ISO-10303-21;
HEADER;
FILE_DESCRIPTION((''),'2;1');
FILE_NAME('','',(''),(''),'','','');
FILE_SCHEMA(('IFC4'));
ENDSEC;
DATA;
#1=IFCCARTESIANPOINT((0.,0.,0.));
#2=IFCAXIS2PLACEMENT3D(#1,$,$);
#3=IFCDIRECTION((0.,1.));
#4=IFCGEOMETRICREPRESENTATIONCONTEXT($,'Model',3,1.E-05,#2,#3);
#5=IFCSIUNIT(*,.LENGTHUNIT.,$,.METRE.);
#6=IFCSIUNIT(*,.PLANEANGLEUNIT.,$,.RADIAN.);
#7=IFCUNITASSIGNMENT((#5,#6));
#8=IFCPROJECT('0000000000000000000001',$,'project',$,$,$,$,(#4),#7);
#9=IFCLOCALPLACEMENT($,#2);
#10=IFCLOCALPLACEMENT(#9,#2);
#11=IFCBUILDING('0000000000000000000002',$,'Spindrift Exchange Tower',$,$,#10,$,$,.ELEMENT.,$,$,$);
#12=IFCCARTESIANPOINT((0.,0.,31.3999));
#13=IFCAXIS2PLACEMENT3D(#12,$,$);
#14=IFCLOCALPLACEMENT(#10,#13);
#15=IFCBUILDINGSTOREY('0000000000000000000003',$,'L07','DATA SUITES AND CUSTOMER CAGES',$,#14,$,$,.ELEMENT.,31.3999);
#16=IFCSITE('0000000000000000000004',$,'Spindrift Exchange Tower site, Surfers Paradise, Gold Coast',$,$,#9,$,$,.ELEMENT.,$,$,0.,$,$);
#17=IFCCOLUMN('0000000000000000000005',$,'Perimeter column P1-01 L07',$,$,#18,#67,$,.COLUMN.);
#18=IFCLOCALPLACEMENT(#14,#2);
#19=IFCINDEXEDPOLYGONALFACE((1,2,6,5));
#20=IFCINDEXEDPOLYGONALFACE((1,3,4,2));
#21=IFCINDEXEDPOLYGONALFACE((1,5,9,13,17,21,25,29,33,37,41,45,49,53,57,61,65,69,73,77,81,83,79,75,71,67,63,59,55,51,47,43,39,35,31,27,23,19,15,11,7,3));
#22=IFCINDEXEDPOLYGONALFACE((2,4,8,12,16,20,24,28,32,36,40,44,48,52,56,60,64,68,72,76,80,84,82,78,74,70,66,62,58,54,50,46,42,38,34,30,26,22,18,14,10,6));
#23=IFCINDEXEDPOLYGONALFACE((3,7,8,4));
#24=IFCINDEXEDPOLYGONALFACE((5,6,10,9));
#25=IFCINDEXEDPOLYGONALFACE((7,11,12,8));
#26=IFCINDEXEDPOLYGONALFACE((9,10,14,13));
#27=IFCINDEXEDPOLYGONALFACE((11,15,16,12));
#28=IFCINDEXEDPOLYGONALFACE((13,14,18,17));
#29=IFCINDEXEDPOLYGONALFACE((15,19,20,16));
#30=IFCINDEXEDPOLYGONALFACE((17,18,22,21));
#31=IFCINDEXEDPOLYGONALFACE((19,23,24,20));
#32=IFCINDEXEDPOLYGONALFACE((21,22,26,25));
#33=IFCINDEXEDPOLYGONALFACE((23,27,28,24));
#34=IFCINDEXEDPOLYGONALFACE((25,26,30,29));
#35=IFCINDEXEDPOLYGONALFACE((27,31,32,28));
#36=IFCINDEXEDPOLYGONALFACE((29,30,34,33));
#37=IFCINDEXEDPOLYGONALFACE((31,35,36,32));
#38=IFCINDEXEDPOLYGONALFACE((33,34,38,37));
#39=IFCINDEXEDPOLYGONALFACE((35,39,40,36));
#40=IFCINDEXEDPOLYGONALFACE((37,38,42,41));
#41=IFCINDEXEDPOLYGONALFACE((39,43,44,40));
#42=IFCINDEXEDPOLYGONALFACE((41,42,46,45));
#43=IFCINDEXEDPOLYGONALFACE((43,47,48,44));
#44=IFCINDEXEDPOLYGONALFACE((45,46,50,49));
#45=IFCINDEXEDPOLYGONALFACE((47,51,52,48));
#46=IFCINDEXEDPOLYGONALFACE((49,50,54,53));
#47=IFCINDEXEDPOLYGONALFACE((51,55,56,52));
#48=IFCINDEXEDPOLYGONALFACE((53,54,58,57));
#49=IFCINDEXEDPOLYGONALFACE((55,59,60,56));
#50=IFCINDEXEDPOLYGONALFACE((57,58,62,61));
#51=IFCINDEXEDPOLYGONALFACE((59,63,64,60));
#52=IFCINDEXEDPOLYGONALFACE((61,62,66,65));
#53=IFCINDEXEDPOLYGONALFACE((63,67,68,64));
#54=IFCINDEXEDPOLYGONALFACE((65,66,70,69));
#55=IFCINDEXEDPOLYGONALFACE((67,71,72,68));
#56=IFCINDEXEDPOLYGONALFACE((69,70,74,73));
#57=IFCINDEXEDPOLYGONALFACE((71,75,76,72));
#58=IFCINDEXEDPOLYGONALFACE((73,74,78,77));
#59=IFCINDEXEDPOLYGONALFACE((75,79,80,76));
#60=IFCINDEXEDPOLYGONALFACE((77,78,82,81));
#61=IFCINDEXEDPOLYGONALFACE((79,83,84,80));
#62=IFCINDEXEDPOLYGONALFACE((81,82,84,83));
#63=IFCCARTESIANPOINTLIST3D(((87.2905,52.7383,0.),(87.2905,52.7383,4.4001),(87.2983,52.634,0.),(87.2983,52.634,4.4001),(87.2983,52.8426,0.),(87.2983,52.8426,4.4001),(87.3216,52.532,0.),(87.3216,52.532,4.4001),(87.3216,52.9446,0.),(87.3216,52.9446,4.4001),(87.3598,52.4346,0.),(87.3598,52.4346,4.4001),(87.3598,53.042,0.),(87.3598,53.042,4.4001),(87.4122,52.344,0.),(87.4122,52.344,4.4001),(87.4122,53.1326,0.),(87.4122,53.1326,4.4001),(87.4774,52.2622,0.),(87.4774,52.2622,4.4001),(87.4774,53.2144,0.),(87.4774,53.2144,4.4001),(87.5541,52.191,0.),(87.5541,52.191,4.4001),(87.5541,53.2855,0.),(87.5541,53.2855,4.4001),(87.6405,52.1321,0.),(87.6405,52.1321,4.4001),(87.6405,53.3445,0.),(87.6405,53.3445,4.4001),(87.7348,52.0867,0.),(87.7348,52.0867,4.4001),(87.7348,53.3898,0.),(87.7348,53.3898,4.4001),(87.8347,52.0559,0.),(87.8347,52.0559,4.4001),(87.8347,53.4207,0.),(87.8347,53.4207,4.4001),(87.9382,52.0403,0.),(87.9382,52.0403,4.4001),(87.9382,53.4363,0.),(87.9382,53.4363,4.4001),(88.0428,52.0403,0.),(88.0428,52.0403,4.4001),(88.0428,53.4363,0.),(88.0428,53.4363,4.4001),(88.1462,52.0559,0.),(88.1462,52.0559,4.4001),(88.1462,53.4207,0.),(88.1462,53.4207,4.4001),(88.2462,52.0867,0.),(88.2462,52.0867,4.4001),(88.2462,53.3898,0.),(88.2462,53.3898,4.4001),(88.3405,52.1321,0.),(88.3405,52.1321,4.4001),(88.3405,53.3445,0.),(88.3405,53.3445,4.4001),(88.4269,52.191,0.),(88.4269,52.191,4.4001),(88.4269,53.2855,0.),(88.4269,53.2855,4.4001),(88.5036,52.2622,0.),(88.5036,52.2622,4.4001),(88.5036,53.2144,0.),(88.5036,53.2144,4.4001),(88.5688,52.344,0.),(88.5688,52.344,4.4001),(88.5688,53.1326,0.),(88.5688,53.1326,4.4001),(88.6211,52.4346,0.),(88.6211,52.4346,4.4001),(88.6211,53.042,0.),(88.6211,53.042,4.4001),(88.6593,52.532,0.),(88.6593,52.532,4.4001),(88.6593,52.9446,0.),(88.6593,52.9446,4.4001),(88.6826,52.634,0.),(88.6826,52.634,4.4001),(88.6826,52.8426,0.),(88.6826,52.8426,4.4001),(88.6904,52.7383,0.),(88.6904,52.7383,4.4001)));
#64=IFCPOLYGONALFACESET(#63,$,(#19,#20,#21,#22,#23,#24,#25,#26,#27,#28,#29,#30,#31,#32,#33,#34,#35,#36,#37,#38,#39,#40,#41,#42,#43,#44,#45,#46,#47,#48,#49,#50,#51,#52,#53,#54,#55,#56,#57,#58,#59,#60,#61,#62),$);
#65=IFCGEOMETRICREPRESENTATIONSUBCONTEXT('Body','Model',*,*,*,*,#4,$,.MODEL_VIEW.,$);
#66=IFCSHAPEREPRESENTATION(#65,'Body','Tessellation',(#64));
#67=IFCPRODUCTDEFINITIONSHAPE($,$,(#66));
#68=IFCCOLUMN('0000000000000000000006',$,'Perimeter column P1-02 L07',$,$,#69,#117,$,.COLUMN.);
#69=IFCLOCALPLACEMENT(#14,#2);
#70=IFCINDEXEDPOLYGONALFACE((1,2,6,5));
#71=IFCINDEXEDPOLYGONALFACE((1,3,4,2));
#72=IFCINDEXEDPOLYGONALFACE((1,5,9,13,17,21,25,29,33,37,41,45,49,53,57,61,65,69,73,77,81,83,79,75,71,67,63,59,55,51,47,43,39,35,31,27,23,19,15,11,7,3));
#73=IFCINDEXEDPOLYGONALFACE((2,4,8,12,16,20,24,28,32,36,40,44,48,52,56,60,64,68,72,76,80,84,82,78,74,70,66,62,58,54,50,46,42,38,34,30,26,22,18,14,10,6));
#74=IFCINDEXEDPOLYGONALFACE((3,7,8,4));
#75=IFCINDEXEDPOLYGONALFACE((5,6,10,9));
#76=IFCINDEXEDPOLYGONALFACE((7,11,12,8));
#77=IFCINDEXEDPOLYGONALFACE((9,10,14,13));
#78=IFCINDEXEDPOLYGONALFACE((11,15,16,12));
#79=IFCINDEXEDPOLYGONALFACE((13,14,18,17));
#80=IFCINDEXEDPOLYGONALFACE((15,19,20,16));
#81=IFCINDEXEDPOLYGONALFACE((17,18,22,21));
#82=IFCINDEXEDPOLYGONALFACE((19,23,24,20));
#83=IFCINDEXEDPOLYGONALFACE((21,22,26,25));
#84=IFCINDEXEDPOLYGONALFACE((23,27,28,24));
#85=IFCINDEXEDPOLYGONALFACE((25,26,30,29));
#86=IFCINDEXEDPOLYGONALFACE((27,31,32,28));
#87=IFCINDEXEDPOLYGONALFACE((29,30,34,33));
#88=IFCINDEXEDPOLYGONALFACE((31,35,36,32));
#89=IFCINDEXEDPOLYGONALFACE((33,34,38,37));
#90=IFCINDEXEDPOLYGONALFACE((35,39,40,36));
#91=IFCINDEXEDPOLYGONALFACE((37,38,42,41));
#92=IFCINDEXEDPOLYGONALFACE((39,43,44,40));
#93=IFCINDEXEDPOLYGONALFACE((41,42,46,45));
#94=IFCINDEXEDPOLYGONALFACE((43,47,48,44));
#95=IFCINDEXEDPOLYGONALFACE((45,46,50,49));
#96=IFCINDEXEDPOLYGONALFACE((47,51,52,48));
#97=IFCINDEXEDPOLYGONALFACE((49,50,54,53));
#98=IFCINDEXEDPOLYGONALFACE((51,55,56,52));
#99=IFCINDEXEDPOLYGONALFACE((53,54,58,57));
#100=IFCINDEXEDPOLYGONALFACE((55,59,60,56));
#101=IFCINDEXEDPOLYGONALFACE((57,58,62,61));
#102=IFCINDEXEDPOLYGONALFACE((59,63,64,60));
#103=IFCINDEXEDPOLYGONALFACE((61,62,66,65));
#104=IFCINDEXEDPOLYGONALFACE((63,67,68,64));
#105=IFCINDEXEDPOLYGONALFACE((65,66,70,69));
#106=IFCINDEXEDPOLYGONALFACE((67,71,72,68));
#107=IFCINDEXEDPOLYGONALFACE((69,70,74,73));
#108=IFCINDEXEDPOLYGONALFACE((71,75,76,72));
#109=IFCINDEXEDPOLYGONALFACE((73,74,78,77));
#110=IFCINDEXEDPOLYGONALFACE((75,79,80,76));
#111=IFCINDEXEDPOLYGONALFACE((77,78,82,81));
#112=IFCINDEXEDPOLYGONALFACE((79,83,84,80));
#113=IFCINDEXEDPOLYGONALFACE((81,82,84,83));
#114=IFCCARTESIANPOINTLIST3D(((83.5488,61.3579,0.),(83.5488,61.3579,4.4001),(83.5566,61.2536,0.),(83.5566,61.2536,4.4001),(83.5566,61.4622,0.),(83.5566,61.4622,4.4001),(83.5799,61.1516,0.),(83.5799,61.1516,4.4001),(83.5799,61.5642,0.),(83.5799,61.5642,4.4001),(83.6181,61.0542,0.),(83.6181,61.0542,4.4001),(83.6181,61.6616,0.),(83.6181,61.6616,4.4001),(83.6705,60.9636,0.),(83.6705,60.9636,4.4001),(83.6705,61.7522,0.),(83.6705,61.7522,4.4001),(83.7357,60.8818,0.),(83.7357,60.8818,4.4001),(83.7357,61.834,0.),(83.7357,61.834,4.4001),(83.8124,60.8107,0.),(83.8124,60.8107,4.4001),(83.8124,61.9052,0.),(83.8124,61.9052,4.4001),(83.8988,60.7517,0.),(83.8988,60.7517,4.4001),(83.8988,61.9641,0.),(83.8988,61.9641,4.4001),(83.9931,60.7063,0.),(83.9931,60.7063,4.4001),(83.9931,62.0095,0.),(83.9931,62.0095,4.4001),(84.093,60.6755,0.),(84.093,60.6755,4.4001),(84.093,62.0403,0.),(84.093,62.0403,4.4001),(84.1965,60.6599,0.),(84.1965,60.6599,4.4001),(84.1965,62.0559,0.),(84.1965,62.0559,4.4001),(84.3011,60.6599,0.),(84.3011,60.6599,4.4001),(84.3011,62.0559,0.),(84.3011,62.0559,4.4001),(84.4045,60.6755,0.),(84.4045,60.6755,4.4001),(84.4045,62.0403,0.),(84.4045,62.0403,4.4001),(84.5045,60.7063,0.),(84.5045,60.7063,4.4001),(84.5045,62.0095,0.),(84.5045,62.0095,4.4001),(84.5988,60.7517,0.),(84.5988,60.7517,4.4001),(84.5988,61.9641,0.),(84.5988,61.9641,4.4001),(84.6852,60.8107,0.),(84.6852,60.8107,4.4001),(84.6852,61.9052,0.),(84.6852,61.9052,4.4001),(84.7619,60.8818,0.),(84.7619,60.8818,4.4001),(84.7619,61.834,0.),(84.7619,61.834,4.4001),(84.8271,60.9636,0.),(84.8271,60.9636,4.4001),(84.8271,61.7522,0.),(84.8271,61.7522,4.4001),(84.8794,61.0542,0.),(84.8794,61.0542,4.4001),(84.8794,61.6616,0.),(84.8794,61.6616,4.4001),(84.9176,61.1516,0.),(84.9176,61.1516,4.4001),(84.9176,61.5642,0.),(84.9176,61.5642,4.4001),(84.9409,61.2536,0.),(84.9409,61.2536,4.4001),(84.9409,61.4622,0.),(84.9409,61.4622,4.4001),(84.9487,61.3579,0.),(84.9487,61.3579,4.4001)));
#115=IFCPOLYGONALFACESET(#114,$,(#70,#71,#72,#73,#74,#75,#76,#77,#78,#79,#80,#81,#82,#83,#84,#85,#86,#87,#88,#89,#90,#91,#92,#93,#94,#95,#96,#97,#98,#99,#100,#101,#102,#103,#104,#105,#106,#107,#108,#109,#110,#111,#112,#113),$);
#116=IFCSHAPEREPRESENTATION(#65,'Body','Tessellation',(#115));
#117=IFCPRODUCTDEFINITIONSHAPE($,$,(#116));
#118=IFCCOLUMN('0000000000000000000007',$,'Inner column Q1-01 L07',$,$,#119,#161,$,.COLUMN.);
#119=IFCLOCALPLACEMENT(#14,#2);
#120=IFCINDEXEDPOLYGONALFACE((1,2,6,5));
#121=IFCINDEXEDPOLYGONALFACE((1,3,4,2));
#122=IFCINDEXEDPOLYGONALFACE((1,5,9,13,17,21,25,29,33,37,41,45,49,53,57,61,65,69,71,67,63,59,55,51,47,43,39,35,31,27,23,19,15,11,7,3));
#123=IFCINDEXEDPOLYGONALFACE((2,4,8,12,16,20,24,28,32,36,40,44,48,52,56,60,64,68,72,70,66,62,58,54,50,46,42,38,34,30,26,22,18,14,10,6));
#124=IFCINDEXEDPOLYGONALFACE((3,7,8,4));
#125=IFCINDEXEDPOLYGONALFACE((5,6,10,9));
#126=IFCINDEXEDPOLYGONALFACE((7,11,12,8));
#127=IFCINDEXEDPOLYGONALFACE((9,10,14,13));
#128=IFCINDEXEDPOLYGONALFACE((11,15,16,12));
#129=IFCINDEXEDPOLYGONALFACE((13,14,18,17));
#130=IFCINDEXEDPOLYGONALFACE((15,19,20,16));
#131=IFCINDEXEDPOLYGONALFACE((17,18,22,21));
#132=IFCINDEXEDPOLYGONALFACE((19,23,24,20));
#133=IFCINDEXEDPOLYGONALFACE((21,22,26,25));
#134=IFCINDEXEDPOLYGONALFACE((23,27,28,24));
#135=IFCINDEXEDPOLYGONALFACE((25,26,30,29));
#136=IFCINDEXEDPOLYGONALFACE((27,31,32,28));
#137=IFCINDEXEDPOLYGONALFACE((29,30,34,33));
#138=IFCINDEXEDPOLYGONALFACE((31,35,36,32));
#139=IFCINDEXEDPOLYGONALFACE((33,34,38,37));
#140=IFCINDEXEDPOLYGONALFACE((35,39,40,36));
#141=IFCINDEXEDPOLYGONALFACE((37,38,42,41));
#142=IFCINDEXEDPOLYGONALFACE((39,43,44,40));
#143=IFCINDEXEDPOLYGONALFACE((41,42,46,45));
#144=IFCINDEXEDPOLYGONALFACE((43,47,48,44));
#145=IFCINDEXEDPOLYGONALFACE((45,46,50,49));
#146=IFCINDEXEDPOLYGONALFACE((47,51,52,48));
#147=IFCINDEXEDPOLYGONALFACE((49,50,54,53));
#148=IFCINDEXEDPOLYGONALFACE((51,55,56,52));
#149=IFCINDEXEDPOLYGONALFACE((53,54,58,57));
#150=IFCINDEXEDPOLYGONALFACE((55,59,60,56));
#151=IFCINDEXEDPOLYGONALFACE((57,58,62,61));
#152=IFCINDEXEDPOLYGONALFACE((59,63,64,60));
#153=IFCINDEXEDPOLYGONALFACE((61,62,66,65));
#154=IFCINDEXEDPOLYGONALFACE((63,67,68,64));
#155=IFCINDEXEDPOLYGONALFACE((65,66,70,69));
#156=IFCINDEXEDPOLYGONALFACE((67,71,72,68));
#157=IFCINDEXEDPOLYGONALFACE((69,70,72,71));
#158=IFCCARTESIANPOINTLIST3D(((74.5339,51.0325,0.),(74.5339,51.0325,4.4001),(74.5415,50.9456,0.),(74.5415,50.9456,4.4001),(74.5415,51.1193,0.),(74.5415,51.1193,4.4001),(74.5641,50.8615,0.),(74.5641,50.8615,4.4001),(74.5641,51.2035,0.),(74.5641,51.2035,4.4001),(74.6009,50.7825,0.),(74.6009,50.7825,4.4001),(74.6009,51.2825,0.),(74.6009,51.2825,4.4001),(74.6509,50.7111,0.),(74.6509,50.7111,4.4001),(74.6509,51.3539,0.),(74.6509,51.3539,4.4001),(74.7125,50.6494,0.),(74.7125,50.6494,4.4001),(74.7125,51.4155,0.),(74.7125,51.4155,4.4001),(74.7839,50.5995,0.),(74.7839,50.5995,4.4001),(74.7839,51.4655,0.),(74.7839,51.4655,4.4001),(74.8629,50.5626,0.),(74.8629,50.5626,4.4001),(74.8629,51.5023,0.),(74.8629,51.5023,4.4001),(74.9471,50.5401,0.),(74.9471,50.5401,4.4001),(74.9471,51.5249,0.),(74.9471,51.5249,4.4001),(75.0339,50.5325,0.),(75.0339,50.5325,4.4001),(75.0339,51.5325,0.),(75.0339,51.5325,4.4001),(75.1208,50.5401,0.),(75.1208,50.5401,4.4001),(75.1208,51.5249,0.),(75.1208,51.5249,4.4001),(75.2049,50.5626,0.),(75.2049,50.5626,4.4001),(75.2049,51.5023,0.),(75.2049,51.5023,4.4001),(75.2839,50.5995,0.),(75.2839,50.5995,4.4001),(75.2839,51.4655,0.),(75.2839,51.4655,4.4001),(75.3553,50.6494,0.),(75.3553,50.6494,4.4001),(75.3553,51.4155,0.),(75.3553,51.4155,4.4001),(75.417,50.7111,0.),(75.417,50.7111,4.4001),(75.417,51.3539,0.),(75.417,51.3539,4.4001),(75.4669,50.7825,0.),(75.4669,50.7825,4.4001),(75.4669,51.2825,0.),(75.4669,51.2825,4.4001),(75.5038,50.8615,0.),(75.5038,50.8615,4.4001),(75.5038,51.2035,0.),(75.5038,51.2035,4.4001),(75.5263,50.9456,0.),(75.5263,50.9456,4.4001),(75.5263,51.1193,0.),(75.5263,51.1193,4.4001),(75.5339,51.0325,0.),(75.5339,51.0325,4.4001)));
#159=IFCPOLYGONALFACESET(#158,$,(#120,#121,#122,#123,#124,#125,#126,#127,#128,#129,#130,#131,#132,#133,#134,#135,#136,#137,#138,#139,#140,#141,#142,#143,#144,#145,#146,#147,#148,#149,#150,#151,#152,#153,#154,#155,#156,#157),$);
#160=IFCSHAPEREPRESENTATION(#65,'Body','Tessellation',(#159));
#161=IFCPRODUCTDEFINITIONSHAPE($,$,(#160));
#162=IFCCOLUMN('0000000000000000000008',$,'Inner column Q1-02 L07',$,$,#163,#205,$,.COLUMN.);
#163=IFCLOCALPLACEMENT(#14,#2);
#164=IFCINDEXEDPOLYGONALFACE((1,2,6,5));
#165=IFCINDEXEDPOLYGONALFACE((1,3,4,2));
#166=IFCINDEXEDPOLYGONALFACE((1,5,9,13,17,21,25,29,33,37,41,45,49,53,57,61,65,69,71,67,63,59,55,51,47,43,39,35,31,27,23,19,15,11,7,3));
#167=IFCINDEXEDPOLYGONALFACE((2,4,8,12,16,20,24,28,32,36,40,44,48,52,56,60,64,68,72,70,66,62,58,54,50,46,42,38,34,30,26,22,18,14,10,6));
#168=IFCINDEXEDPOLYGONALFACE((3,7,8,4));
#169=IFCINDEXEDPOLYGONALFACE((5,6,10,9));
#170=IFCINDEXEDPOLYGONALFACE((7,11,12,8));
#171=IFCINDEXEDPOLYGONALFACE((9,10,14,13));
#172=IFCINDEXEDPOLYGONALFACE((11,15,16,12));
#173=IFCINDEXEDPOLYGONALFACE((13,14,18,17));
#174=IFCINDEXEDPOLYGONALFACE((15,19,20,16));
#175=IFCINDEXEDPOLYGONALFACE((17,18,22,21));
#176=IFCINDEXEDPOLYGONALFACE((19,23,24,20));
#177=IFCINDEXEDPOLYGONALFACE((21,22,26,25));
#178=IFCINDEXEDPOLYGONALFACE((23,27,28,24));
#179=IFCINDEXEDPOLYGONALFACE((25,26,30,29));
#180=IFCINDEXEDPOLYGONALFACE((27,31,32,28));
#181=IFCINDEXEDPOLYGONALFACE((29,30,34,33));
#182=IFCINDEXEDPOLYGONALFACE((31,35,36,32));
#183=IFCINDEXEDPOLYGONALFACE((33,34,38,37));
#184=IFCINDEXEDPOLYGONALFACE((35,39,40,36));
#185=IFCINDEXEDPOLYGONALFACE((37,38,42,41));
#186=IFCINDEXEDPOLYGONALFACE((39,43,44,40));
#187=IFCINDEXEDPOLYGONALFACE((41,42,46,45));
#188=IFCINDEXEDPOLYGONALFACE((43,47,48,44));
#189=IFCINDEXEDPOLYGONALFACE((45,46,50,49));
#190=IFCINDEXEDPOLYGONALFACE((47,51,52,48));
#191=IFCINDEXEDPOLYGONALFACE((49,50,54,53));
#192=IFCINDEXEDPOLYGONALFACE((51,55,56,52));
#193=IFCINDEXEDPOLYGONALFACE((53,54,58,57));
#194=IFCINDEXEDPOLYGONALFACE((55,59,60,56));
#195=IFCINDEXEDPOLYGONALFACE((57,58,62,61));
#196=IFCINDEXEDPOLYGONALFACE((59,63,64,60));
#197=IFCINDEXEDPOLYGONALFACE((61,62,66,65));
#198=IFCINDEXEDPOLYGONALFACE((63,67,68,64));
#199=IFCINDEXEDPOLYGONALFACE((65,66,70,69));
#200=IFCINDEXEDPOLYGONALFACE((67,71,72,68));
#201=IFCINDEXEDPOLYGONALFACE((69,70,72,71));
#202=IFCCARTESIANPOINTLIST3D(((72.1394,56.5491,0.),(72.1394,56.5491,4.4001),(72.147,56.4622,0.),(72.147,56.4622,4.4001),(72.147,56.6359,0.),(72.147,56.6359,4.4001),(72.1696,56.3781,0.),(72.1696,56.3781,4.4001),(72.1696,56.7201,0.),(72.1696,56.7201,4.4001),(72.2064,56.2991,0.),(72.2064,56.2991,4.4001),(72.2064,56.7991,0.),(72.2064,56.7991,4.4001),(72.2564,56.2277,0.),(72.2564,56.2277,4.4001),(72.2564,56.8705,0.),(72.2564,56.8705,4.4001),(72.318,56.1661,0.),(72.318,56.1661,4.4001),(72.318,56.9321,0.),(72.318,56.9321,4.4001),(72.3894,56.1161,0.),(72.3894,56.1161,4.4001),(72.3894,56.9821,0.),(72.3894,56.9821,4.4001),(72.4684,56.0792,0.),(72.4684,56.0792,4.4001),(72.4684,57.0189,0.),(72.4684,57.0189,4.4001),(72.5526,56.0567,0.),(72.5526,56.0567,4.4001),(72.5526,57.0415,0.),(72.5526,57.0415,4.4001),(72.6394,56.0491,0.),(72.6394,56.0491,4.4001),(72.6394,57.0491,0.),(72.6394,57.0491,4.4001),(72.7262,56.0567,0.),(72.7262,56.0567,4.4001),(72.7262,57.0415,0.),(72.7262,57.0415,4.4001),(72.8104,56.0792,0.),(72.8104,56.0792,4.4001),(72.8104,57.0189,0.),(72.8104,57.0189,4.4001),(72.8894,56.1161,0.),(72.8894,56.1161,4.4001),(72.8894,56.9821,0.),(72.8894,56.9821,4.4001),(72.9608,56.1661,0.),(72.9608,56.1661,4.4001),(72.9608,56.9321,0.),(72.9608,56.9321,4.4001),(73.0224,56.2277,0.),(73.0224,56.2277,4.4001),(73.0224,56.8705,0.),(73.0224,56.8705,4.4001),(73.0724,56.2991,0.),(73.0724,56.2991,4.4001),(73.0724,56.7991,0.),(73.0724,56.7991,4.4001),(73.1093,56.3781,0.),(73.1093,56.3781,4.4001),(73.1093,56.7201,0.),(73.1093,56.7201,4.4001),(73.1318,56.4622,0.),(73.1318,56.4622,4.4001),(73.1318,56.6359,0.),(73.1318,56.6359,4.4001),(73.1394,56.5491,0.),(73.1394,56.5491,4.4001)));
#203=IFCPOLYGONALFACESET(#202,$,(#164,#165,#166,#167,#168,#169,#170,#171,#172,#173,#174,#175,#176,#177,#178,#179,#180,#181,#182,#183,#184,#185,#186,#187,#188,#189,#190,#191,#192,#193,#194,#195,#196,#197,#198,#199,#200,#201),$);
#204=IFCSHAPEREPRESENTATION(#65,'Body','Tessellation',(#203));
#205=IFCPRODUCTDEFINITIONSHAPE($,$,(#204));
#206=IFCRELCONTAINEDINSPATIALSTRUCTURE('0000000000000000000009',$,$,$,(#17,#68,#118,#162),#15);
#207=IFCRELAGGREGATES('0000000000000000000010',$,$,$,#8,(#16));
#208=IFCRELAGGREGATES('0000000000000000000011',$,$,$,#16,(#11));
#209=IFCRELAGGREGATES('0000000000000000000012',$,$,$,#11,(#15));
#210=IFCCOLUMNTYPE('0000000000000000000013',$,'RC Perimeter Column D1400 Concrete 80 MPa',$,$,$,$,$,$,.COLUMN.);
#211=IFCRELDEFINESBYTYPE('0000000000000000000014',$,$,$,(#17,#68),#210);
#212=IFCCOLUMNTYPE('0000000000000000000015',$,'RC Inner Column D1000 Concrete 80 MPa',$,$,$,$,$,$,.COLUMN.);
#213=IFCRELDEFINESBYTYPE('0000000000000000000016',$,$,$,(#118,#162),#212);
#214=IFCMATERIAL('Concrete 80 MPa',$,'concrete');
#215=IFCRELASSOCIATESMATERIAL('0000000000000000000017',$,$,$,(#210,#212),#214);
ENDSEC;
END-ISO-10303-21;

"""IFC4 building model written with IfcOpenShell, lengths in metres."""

from ifc_helpers import new_model, si_unit, direction, frame, origin, origin_2d, place, context, subcontext, project, spatial, circle, extrude, source, transform, mapped, material, material_profile, profile_set, type_object, element, save


model = new_model("IFC4")

# Units and contexts
model_context = context("Model", 3, precision=1e-05, world=origin(), true_north=direction((0.0, 1.0)))
body_context = subcontext(model_context, "Body", "Model", "MODEL_VIEW")
ifc_project = project(units=[si_unit("LENGTHUNIT", "METRE"), si_unit("PLANEANGLEUNIT", "RADIAN")], contexts=[model_context])

# Site, building, storey
site_placement = place(None, origin())
site = spatial("IfcSite", under=ifc_project, at=site_placement, Name="Spindrift Exchange Tower site, Surfers Paradise, Gold Coast", CompositionType="ELEMENT", RefElevation=0.0)
building_placement = place(site_placement, origin())
building = spatial("IfcBuilding", under=site, at=building_placement, Name="Spindrift Exchange Tower", CompositionType="ELEMENT")
storey_placement = place(building_placement, frame((0.0, 0.0, 31.3999)))
storey = spatial("IfcBuildingStorey", under=building, at=storey_placement, Name="L07", Description="DATA SUITES AND CUSTOMER CAGES", CompositionType="ELEMENT", Elevation=31.3999)

# Columns
ifc_material_1 = material(Name="Concrete 80 MPa", Category="concrete")
ifc_material_profile_1 = material_profile(ifc_material_1, circle(Radius=0.7, at=origin_2d()), Name="RC D1400")
ifc_profile_set_1 = profile_set([ifc_material_profile_1], Name="Concrete 80 MPa")
column_type_1 = type_object("IfcColumnType", Name="RC Perimeter Column D1400 Concrete 80 MPa", PredefinedType="COLUMN", material=ifc_profile_set_1)
shared_shape_1 = source(origin(), body_context, "Body", "SweptSolid", [
    extrude(circle(Radius=0.7, at=origin_2d()), origin(), (0.0, 0.0, 1.0), 4.4001),
])
for number, where, z_axis, x_axis, name in (
    (1, (87.9905, 52.7383, 0.0), (0.0, 0.0, 1.0), (1.0, 0.0, 0.0), "Perimeter column P1-01 L07"),
    (2, (84.2488, 61.3579, 0.0), (0.0, 0.0, 1.0), (1.0, 0.0, 0.0), "Perimeter column P1-02 L07"),
):
    element("IfcColumn", number, at=place(storey_placement, frame(where, z_axis=z_axis, x_axis=x_axis)), inside=storey, type_object=column_type_1, Name=name, PredefinedType="COLUMN", context=body_context, shape_type="MappedRepresentation", body=[
        mapped(shared_shape_1, transform((0.0, 0.0, 0.0), scale=1.0)),
    ])
ifc_material_profile_2 = material_profile(ifc_material_1, circle(Radius=0.5, at=origin_2d()), Name="RC D1000")
ifc_profile_set_2 = profile_set([ifc_material_profile_2], Name="Concrete 80 MPa")
column_type_2 = type_object("IfcColumnType", Name="RC Inner Column D1000 Concrete 80 MPa", PredefinedType="COLUMN", material=ifc_profile_set_2)
shared_shape_2 = source(origin(), body_context, "Body", "SweptSolid", [
    extrude(circle(Radius=0.5, at=origin_2d()), origin(), (0.0, 0.0, 1.0), 4.4001),
])
for number, where, z_axis, x_axis, name in (
    (3, (75.0339, 51.0325, 0.0), (0.0, 0.0, 1.0), (1.0, 0.0, 0.0), "Inner column Q1-01 L07"),
    (4, (72.6394, 56.5491, 0.0), (0.0, 0.0, 1.0), (1.0, 0.0, 0.0), "Inner column Q1-02 L07"),
):
    element("IfcColumn", number, at=place(storey_placement, frame(where, z_axis=z_axis, x_axis=x_axis)), inside=storey, type_object=column_type_2, Name=name, PredefinedType="COLUMN", context=body_context, shape_type="MappedRepresentation", body=[
        mapped(shared_shape_2, transform((0.0, 0.0, 0.0), scale=1.0)),
    ])

save(model, "model.ifc")
